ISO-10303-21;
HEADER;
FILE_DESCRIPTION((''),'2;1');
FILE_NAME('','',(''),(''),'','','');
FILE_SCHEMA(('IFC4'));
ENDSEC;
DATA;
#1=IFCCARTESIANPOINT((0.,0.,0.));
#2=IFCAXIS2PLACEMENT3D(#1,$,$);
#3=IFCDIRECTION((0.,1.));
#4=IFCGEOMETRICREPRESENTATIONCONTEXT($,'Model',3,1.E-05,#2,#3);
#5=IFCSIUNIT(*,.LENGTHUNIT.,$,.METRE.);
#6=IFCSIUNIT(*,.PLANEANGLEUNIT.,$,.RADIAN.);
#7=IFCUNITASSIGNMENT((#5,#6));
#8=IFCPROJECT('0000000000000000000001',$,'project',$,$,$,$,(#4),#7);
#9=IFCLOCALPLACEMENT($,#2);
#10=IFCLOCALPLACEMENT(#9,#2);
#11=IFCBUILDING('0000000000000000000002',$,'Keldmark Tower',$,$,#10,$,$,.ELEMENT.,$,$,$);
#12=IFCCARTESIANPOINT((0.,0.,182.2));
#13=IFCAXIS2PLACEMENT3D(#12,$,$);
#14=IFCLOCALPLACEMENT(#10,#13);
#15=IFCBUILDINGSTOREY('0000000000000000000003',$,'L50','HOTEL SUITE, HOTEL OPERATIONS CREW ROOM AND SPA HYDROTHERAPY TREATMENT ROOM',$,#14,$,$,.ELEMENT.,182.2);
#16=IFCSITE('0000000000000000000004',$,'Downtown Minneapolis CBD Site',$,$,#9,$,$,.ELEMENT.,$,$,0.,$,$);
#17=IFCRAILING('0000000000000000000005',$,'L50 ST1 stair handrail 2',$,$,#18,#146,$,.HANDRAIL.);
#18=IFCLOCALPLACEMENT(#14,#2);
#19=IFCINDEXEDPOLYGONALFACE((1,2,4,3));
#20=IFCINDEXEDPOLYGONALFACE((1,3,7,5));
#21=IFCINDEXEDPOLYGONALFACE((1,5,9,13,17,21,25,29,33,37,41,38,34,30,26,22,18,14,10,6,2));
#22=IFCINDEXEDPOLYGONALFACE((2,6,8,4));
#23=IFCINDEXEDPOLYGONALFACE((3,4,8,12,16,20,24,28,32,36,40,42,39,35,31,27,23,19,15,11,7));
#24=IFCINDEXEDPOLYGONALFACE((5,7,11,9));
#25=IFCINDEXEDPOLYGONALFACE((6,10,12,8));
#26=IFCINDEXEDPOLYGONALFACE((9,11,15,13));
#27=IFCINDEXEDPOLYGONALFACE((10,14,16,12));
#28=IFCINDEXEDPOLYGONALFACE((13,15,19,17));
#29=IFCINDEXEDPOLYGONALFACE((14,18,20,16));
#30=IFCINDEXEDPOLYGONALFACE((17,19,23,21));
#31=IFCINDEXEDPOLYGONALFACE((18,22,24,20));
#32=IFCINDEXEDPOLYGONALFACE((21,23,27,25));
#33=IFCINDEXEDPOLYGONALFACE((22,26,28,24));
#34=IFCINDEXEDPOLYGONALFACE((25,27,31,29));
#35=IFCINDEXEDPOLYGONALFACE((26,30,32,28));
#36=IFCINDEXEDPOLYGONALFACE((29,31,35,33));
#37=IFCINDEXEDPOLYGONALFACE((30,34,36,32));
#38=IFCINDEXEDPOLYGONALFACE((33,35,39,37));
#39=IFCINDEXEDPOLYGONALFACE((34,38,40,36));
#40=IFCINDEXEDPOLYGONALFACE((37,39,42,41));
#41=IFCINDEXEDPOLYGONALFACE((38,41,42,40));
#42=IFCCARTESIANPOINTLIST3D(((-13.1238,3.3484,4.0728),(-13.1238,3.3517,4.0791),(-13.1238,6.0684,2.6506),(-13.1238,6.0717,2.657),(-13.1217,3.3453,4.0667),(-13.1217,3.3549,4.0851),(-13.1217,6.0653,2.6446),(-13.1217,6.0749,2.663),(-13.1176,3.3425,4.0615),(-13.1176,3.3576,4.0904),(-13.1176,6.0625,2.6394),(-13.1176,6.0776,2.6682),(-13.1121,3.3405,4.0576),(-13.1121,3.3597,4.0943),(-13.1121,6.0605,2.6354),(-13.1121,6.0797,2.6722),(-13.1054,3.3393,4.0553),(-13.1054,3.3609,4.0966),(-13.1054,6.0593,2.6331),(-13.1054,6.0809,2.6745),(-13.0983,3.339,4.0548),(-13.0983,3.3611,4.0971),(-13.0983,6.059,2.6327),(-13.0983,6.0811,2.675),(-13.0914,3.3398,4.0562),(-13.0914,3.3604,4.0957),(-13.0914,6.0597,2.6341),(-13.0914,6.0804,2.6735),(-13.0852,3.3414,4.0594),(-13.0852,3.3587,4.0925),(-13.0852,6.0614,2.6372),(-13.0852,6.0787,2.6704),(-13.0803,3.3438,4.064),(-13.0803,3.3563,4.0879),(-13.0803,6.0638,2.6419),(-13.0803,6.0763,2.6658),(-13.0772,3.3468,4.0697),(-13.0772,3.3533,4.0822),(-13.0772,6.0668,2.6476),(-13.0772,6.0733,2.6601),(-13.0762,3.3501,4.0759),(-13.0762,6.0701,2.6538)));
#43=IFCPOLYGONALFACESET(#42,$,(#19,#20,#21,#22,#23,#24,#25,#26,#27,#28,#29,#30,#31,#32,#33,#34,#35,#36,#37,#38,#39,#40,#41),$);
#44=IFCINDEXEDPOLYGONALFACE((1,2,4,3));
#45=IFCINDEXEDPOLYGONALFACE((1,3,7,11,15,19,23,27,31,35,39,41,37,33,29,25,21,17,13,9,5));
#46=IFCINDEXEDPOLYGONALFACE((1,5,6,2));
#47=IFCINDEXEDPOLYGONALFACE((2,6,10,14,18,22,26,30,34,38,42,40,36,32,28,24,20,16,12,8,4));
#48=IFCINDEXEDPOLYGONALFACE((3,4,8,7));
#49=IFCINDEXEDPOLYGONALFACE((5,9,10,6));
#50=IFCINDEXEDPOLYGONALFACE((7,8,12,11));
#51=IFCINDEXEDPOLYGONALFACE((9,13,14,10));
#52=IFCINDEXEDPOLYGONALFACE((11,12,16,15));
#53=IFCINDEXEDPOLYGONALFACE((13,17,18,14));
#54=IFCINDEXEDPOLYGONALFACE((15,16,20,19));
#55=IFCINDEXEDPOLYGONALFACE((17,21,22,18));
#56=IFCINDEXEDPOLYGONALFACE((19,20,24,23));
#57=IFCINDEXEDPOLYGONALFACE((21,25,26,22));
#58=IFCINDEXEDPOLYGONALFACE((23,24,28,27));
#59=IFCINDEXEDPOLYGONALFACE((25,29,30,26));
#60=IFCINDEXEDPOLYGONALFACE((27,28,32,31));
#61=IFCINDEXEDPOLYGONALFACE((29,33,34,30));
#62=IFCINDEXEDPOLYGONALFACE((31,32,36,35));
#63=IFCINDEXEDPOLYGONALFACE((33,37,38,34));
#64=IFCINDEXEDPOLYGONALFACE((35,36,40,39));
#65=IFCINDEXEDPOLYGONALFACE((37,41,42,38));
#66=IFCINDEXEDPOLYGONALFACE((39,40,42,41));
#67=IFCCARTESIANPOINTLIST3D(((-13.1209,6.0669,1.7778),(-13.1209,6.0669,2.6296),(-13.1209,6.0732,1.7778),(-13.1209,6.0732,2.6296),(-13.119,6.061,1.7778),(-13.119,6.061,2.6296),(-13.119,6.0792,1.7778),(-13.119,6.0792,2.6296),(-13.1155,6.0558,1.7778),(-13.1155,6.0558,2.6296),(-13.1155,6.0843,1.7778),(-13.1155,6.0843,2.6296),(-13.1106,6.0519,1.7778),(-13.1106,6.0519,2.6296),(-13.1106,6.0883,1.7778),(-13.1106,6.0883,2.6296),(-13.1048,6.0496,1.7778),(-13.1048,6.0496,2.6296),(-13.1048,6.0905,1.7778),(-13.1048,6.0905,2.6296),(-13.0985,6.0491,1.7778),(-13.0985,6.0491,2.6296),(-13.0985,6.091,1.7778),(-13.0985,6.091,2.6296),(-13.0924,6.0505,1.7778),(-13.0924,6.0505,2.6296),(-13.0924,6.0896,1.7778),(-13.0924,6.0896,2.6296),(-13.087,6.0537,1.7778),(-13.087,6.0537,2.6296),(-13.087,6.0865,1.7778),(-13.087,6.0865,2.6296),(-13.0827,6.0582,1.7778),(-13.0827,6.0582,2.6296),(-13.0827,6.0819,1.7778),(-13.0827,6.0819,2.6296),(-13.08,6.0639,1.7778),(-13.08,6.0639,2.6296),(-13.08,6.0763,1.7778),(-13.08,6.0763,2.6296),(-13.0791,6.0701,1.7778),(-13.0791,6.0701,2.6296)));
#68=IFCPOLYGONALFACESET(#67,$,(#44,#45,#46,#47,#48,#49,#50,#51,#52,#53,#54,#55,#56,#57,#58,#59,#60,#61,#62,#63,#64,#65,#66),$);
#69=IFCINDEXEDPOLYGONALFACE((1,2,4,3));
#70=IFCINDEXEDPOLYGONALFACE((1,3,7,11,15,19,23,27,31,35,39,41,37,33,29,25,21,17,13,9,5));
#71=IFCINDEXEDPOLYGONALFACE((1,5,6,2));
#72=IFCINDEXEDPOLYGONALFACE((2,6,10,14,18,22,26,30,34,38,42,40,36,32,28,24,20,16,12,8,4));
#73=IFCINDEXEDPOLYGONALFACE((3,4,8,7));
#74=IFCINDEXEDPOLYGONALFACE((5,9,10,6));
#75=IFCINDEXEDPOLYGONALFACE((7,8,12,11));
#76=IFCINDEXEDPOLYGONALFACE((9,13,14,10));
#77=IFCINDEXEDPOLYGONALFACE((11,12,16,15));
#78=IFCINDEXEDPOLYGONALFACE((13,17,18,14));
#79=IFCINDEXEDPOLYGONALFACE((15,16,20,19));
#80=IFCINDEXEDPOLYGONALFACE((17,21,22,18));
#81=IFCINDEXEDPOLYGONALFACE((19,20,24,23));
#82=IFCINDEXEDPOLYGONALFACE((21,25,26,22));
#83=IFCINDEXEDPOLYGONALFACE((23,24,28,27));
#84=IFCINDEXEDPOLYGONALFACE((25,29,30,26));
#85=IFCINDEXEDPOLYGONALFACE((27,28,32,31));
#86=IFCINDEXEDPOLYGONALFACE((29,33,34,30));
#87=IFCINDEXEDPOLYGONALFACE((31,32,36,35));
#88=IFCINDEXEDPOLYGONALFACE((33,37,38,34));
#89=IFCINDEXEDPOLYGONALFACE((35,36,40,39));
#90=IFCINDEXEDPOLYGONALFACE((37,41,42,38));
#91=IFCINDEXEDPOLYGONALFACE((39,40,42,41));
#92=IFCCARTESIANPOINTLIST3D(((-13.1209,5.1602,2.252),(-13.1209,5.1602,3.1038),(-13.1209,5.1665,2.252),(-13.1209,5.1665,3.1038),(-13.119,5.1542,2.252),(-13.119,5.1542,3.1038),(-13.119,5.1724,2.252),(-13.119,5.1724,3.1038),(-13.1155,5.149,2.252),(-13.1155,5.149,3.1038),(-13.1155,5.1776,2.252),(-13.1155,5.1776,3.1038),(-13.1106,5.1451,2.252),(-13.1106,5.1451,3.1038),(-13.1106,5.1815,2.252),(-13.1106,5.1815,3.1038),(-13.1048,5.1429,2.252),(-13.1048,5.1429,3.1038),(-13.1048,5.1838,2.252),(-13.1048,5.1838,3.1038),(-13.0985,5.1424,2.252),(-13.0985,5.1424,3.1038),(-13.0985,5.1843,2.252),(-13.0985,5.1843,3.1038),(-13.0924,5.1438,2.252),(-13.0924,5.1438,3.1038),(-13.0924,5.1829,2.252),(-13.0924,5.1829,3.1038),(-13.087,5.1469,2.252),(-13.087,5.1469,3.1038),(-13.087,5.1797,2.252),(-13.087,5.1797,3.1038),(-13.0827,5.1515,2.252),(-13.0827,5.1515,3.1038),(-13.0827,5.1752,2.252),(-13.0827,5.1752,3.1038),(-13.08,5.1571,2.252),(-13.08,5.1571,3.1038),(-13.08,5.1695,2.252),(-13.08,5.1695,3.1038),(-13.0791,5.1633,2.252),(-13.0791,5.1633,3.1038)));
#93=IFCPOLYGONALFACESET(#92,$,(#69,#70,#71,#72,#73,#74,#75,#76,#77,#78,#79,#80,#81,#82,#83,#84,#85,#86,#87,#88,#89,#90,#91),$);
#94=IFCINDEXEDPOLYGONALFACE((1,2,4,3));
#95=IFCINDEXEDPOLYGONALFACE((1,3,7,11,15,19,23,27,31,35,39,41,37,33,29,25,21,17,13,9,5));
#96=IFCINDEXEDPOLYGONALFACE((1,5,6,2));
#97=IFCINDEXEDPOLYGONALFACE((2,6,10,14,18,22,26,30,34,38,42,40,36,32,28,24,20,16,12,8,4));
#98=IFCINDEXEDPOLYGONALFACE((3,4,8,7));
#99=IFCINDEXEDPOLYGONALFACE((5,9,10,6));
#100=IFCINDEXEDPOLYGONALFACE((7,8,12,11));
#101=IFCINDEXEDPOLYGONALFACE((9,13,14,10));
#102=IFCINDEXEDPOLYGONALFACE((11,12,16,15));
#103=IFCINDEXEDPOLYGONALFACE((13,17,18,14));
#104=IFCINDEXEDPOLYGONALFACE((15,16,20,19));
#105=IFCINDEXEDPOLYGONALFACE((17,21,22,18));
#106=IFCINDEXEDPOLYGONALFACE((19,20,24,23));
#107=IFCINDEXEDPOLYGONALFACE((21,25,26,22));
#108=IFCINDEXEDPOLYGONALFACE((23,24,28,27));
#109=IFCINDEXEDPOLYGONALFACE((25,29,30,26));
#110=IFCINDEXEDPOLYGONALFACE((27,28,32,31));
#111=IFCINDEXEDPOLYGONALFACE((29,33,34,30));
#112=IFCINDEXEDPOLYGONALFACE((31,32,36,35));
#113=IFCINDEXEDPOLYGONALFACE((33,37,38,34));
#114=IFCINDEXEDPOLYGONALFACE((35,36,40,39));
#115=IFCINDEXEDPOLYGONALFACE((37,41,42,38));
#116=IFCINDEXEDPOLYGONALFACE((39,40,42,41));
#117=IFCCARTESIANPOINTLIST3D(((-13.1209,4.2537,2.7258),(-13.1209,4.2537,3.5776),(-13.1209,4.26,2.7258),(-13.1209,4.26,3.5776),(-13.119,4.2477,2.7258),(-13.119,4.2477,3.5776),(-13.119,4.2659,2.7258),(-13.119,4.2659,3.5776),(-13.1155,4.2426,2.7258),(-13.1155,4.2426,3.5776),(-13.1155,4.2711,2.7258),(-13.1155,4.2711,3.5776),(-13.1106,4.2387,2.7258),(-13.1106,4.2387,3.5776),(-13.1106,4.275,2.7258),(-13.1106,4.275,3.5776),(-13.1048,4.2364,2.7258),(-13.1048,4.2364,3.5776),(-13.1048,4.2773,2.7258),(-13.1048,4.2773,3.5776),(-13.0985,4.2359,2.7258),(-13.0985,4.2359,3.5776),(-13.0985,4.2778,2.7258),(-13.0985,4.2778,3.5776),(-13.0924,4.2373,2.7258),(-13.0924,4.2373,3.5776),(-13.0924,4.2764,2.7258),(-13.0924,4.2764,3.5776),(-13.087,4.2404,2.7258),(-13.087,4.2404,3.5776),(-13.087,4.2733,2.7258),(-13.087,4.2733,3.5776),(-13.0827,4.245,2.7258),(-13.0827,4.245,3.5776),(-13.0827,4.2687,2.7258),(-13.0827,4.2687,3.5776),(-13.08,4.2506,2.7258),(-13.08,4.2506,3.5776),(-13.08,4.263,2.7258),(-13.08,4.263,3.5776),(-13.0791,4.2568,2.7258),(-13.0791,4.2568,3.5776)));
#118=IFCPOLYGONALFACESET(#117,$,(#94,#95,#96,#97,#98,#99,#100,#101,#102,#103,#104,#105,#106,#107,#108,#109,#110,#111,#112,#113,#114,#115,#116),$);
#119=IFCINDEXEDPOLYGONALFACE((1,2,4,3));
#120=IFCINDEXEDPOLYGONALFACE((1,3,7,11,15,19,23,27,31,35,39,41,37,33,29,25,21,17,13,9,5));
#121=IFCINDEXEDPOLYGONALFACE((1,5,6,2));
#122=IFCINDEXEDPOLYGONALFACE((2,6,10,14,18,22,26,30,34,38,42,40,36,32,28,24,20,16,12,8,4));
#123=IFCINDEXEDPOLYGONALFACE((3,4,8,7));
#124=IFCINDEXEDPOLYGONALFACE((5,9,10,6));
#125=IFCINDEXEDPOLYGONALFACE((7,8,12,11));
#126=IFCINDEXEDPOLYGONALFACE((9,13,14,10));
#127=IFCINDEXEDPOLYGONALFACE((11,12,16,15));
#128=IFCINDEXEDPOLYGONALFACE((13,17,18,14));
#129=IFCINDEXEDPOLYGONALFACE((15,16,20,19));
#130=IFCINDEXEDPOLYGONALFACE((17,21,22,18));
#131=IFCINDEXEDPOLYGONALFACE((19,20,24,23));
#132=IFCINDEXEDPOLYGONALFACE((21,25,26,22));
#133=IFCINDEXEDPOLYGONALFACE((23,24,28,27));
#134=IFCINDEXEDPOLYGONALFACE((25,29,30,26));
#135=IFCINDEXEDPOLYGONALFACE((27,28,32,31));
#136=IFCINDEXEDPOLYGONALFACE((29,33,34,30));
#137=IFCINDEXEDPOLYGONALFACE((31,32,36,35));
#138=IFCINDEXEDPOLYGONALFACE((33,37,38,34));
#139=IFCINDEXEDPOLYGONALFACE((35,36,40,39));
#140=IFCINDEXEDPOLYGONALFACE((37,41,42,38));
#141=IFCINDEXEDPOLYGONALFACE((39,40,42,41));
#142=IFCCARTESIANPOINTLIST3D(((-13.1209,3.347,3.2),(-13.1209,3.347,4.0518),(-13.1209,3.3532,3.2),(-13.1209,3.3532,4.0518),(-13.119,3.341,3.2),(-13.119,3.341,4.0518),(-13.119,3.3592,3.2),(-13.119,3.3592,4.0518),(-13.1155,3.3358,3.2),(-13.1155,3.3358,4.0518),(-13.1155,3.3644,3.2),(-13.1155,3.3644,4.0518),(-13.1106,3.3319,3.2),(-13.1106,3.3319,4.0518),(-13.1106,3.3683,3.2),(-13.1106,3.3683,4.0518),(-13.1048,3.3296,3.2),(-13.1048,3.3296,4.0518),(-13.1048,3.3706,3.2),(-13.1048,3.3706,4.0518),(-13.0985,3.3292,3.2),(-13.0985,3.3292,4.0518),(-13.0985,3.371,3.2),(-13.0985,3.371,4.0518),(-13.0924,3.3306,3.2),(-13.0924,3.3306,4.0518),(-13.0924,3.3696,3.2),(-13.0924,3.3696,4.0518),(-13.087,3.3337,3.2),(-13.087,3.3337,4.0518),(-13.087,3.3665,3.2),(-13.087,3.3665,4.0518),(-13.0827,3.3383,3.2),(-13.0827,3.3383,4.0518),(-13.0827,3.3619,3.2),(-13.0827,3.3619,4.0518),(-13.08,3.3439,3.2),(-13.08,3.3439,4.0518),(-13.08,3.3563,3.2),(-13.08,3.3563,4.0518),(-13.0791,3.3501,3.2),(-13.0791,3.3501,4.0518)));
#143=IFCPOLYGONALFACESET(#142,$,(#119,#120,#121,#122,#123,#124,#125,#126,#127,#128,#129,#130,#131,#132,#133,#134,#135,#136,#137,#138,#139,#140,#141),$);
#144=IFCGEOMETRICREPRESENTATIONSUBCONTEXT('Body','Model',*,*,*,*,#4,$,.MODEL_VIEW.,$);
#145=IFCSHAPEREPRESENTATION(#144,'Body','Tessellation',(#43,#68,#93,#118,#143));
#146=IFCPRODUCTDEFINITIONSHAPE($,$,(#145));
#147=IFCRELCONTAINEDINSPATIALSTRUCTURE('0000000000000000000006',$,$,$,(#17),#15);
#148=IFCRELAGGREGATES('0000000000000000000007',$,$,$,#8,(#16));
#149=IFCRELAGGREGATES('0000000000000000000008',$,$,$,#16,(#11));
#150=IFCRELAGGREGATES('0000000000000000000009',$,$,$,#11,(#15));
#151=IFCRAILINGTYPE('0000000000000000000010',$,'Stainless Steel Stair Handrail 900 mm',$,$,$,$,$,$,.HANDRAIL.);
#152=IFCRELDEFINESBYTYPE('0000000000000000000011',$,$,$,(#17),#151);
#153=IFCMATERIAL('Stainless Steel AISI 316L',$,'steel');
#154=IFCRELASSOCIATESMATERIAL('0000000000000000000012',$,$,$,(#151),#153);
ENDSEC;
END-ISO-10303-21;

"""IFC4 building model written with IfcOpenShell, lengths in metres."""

from ifc_helpers import new_model, si_unit, direction, frame, origin, origin_2d, place, context, subcontext, project, spatial, circle, extrude, material, type_object, element, save


model = new_model("IFC4")

# Units and contexts
model_context = context("Model", 3, precision=1e-05, world=origin(), true_north=direction((0.0, 1.0)))
body_context = subcontext(model_context, "Body", "Model", "MODEL_VIEW")
ifc_project = project(units=[si_unit("LENGTHUNIT", "METRE"), si_unit("PLANEANGLEUNIT", "RADIAN")], contexts=[model_context])

# Site, building, storey
site_placement = place(None, origin())
site = spatial("IfcSite", under=ifc_project, at=site_placement, Name="Downtown Minneapolis CBD Site", CompositionType="ELEMENT", RefElevation=0.0)
building_placement = place(site_placement, origin())
building = spatial("IfcBuilding", under=site, at=building_placement, Name="Keldmark Tower", CompositionType="ELEMENT")
storey_placement = place(building_placement, frame((0.0, 0.0, 182.2)))
storey = spatial("IfcBuildingStorey", under=building, at=storey_placement, Name="L50", Description="HOTEL SUITE, HOTEL OPERATIONS CREW ROOM AND SPA HYDROTHERAPY TREATMENT ROOM", CompositionType="ELEMENT", Elevation=182.2)

# Railing
ifc_material_1 = material(Name="Stainless Steel AISI 316L", Category="steel")
railing_type_1 = type_object("IfcRailingType", Name="Stainless Steel Stair Handrail 900 mm", PredefinedType="HANDRAIL", material=ifc_material_1)
railing_1_placement = place(storey_placement, frame((-13.1001, 6.0701, 1.7778)))
element("IfcRailing", 1, at=railing_1_placement, inside=storey, type_object=railing_type_1, Name="L50 ST1 stair handrail 2", PredefinedType="HANDRAIL", context=body_context, shape_type="SweptSolid", body=[
    extrude(circle(Radius=0.0239, at=origin_2d()), frame((0.0, 0.0, 0.876), z_axis=(0.0, -0.886183, 0.463335), x_axis=(1.0, 0.0, 0.0)), (0.0, 0.0, 1.0), 3.0693),
    extrude(circle(Radius=0.021, at=origin_2d()), origin(), (0.0, 0.0, 1.0), 0.8518),
    extrude(circle(Radius=0.021, at=origin_2d()), frame((0.0, -0.9067, 0.4741)), (0.0, 0.0, 1.0), 0.8518),
    extrude(circle(Radius=0.021, at=origin_2d()), frame((0.0, -1.8132, 0.948)), (0.0, 0.0, 1.0), 0.8518),
    extrude(circle(Radius=0.021, at=origin_2d()), frame((0.0, -2.72, 1.4221)), (0.0, 0.0, 1.0), 0.8518),
])

save(model, "model.ifc")
